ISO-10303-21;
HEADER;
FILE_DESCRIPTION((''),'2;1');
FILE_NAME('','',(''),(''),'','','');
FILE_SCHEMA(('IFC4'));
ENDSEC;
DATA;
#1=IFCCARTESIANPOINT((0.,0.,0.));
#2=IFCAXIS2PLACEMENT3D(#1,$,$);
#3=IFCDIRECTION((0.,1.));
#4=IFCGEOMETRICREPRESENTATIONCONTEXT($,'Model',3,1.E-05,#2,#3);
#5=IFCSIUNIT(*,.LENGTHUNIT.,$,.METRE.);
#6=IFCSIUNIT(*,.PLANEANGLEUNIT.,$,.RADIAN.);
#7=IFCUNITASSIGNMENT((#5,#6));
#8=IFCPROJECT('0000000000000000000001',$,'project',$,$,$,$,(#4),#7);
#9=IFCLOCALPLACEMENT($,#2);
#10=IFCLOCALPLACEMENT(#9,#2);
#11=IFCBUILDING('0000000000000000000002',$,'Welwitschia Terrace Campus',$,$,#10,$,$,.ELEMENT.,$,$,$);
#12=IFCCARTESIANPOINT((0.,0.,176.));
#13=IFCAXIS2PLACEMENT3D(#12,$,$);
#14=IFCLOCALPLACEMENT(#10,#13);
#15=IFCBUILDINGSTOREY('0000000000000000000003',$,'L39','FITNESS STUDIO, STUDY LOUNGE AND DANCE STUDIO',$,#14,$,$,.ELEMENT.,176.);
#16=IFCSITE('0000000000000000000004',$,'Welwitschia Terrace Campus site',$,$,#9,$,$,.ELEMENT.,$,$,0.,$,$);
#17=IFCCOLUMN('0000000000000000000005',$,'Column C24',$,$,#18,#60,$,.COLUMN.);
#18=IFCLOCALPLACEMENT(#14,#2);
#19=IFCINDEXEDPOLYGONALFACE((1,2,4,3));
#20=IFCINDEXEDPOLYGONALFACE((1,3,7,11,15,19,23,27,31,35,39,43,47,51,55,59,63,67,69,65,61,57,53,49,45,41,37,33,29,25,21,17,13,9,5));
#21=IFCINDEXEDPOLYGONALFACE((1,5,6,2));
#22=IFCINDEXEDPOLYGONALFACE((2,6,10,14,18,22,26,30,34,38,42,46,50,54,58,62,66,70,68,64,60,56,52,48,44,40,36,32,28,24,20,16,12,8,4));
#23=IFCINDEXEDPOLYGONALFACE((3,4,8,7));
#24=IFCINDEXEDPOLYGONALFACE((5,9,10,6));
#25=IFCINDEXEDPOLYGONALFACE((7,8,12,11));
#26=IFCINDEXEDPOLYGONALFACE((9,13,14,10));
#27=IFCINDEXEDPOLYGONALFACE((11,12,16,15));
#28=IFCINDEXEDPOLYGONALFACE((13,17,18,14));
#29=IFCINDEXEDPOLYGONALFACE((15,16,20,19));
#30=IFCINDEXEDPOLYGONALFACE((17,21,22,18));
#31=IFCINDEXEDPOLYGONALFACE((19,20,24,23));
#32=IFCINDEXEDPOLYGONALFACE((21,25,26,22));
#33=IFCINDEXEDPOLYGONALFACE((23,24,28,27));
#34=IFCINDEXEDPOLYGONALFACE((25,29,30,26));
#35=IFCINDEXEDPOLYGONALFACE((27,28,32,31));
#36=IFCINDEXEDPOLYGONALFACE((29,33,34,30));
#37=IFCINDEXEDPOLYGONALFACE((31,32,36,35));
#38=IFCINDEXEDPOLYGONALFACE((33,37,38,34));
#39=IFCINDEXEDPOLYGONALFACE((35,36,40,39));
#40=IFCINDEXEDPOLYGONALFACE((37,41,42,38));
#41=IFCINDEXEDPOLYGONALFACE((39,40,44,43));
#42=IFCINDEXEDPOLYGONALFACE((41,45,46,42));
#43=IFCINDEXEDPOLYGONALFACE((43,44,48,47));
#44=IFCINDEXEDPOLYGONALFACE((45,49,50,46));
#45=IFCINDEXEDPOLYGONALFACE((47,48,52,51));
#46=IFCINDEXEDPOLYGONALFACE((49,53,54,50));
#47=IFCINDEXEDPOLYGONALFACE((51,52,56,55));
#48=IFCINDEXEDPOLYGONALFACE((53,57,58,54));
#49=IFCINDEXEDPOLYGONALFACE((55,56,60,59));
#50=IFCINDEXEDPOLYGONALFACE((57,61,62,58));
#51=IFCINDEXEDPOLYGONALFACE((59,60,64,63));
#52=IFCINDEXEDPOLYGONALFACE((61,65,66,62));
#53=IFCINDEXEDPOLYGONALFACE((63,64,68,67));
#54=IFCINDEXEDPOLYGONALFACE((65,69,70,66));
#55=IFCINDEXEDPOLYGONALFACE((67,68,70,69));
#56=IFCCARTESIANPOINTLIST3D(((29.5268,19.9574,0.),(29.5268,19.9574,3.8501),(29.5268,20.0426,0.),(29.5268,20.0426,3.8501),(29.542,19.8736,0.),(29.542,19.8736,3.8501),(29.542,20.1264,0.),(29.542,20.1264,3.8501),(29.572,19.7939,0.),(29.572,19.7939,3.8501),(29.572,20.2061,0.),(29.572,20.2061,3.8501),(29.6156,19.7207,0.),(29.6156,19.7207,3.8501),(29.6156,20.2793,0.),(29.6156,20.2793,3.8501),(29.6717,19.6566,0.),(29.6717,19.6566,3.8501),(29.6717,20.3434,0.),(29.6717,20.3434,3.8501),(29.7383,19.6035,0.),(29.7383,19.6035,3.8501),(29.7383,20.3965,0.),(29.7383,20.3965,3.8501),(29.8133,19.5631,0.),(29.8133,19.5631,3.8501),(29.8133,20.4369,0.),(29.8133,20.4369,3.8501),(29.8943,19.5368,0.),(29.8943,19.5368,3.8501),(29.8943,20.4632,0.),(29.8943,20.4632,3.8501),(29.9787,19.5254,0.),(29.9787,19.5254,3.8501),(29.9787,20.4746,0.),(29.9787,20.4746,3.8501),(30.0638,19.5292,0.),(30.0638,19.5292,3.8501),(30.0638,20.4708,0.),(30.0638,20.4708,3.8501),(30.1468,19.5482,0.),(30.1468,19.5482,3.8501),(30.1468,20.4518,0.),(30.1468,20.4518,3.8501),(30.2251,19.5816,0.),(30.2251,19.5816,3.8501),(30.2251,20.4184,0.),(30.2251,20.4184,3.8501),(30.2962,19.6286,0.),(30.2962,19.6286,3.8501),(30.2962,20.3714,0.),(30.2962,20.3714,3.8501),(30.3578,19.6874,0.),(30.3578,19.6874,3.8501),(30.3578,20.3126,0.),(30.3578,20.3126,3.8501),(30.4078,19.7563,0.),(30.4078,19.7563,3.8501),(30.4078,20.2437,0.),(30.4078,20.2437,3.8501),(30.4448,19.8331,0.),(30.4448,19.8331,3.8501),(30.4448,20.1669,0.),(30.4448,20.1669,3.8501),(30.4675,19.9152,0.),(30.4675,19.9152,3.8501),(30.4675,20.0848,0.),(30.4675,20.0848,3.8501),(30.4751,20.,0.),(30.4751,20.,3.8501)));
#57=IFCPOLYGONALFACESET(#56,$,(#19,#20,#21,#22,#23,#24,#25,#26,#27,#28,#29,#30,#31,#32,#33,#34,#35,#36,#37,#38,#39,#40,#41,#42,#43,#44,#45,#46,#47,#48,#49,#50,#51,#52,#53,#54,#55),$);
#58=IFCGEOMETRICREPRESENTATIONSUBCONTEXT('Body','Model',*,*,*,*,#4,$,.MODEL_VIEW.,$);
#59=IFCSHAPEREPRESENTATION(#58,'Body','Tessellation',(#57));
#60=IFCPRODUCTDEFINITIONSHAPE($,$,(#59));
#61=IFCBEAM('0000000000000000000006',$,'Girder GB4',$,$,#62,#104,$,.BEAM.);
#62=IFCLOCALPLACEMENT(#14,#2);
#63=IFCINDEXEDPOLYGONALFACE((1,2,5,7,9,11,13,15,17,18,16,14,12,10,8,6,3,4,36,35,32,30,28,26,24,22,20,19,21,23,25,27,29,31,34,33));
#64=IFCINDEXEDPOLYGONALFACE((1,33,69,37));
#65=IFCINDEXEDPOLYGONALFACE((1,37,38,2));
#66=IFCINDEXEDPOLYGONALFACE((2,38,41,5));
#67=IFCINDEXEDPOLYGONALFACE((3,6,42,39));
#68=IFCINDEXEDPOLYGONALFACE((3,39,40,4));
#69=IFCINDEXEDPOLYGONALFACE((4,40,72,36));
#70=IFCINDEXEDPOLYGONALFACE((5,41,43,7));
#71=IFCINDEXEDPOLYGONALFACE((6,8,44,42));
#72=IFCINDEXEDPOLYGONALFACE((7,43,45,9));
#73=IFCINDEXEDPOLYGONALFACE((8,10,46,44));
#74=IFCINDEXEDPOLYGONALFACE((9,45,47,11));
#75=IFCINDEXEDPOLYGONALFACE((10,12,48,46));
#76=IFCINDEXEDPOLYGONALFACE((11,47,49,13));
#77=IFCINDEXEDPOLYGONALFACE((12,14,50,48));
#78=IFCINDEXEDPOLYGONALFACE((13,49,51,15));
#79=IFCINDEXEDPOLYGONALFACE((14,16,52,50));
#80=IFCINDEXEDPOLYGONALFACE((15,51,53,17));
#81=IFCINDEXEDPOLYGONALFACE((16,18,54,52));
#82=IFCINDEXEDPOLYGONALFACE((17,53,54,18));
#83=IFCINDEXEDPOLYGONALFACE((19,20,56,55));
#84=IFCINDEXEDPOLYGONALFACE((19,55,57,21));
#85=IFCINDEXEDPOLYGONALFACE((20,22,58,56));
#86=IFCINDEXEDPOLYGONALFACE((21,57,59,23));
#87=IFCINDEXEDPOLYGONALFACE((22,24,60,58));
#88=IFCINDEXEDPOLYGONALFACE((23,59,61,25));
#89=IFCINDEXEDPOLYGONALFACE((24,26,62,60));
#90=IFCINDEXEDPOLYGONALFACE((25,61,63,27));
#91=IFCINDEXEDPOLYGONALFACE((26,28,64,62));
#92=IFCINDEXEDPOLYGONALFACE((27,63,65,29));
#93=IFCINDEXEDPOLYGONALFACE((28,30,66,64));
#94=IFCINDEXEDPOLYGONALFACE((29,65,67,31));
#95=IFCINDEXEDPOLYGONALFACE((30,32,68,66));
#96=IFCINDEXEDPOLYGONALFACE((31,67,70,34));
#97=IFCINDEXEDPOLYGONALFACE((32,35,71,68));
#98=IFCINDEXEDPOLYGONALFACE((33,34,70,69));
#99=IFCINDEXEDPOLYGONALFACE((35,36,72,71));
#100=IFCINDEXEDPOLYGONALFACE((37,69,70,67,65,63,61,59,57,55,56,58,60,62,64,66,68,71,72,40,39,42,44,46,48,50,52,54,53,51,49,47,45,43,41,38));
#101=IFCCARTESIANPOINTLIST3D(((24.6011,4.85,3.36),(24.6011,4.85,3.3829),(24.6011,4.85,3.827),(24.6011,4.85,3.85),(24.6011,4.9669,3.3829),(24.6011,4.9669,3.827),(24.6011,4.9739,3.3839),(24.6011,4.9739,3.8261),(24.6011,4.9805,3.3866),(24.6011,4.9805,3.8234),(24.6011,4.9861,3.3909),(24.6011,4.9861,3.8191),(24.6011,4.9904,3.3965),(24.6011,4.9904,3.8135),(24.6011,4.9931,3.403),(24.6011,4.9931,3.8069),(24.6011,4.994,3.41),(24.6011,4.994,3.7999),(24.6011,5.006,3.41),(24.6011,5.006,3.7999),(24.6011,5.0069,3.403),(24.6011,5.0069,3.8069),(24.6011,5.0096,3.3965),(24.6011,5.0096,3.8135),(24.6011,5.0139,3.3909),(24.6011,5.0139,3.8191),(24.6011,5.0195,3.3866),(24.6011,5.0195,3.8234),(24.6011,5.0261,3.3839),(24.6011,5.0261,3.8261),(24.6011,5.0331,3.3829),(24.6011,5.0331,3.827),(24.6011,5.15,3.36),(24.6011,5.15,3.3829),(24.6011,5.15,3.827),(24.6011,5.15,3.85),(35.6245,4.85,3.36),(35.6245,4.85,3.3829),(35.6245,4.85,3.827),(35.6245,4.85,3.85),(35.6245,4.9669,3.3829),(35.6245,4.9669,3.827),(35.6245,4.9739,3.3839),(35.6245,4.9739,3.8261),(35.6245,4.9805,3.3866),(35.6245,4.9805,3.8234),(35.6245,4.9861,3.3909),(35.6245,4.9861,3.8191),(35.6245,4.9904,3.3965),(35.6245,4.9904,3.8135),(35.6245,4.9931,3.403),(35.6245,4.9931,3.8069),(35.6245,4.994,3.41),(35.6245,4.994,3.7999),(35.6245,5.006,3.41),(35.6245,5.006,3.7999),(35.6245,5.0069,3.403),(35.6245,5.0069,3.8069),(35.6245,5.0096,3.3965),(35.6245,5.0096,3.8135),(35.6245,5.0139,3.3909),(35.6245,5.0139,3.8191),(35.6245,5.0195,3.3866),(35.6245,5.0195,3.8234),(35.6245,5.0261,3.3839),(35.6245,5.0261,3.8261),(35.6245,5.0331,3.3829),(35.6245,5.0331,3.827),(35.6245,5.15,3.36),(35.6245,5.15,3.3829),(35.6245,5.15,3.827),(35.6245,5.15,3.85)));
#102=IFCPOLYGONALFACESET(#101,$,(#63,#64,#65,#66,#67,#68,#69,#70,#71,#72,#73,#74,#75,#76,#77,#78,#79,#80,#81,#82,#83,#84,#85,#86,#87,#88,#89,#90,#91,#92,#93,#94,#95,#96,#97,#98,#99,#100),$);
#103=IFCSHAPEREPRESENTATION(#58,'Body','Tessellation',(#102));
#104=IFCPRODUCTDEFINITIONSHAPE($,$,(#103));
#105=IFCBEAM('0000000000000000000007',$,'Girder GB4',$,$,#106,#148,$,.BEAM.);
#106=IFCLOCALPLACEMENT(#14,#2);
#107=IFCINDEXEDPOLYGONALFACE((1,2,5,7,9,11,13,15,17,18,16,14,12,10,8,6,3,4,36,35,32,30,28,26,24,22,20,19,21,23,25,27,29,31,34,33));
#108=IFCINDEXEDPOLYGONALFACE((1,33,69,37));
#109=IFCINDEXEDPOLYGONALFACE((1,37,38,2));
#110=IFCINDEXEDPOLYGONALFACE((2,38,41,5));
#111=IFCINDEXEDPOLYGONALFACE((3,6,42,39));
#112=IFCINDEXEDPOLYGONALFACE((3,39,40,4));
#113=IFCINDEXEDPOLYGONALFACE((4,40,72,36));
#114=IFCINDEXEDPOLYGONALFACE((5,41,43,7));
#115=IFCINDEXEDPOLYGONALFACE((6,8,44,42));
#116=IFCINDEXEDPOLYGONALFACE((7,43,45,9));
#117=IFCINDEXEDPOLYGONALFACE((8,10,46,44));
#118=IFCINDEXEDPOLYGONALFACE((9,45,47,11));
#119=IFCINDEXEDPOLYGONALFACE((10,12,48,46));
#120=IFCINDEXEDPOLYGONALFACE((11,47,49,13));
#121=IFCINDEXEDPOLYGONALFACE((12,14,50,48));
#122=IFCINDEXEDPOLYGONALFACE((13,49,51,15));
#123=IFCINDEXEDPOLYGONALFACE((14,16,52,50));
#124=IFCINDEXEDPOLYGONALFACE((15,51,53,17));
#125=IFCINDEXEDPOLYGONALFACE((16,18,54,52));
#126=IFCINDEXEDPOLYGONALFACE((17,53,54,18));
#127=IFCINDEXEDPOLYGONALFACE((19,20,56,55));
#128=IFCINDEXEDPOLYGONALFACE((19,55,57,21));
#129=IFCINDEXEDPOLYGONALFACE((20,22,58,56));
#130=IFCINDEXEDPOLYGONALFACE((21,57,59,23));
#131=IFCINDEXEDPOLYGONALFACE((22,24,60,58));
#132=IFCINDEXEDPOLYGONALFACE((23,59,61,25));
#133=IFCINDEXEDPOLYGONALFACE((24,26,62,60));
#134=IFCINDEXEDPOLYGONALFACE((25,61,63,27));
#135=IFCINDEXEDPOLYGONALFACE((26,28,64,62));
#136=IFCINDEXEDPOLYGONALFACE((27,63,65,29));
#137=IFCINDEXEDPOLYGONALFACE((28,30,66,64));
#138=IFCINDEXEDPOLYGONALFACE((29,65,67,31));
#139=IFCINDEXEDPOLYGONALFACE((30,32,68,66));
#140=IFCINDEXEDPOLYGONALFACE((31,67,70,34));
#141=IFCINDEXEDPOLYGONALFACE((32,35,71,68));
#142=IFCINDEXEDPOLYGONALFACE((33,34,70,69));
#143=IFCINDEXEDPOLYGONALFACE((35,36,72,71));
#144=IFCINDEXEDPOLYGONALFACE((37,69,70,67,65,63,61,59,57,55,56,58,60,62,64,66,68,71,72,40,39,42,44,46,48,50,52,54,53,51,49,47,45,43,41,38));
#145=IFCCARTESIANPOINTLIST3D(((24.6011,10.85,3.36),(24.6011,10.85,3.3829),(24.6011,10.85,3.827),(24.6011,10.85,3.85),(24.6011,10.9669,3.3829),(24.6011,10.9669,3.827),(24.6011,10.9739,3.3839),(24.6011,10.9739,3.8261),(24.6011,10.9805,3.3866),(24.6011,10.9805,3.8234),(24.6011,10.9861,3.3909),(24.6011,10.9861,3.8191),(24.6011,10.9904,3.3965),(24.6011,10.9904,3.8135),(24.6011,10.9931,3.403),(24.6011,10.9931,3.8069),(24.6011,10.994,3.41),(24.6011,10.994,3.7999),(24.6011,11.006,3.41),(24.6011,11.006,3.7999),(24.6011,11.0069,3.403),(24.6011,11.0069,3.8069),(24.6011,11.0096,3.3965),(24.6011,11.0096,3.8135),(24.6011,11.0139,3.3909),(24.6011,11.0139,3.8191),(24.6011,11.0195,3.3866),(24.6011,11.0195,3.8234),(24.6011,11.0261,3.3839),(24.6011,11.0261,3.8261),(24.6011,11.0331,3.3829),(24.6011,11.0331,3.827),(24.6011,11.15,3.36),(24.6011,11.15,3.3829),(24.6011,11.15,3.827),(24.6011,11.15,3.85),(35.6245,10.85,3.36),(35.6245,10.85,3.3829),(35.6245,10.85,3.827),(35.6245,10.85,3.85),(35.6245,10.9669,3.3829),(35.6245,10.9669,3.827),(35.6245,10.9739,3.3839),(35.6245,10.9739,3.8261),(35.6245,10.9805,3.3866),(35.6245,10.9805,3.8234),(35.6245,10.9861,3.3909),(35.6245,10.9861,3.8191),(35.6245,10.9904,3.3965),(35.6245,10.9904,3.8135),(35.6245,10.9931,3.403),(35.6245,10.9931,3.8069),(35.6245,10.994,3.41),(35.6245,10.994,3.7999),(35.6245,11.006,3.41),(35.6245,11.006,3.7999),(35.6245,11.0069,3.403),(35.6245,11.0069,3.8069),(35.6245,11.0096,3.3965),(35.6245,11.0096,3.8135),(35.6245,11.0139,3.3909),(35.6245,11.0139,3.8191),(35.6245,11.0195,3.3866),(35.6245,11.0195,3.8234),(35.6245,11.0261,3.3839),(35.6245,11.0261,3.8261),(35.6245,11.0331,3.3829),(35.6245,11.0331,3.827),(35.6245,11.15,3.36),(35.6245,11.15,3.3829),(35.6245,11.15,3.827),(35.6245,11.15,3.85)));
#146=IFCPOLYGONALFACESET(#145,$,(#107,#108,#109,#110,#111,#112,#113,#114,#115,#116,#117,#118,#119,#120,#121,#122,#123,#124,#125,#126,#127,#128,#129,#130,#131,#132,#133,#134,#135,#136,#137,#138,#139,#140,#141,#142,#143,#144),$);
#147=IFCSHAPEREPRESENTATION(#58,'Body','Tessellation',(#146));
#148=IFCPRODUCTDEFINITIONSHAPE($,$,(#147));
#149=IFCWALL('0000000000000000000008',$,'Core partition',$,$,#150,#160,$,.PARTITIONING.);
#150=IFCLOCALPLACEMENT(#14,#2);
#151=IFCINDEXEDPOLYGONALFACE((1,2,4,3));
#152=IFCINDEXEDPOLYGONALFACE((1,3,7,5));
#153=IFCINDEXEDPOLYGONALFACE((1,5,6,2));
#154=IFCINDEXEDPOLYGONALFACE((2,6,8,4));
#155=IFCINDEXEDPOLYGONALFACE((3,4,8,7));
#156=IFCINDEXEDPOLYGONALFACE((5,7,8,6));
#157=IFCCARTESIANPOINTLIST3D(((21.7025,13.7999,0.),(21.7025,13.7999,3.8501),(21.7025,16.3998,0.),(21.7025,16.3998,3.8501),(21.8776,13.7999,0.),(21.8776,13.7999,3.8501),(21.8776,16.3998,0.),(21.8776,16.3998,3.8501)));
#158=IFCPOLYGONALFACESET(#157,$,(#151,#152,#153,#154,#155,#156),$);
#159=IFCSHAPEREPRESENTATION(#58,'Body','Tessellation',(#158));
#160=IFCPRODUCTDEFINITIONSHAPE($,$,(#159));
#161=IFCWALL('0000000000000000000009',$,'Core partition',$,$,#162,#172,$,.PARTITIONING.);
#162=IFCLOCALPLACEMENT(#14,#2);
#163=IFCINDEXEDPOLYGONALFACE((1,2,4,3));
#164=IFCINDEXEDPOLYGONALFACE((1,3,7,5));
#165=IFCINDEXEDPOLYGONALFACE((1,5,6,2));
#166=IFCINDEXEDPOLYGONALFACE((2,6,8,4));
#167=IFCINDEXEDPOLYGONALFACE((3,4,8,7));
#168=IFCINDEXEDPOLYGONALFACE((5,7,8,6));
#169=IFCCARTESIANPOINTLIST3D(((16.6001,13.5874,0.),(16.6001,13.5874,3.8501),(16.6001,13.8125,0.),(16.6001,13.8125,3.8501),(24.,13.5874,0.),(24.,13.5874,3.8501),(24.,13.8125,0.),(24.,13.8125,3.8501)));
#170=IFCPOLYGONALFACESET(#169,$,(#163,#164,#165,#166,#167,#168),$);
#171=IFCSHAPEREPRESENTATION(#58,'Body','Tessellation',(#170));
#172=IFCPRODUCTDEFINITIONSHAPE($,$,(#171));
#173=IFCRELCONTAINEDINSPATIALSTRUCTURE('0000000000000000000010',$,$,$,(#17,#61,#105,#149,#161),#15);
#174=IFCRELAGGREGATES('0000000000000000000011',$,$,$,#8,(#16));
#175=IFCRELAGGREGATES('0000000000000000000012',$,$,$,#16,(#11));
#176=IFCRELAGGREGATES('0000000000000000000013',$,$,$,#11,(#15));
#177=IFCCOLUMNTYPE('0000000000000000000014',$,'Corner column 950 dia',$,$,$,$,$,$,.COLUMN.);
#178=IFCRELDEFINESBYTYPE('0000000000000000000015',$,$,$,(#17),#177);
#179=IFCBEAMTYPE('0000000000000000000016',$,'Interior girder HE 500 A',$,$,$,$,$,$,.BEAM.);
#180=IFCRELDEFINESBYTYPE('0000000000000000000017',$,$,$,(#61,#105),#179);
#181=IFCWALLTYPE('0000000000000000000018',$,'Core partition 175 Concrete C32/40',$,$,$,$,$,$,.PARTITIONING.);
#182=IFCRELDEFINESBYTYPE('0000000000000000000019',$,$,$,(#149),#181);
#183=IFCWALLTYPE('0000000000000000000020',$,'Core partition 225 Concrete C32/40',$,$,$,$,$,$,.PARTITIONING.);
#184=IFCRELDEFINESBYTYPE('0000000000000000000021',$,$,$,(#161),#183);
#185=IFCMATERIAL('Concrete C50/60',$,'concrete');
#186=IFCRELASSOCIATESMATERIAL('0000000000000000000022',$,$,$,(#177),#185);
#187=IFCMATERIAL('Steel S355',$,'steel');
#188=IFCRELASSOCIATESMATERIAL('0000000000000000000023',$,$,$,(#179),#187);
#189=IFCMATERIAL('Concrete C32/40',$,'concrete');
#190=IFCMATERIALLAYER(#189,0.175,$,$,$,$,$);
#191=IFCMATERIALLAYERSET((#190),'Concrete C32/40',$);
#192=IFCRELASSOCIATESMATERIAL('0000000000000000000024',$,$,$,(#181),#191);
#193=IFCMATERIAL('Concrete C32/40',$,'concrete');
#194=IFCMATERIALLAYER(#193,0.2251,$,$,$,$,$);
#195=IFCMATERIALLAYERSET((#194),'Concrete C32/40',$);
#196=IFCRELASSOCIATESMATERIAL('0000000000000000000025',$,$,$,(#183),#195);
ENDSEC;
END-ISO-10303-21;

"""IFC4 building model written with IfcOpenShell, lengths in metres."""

from ifc_helpers import new_model, si_unit, direction, frame, frame_2d, origin, origin_2d, place, context, subcontext, project, spatial, rectangle, circle, i_section, extrude, material, layer, layer_set, material_profile, profile_set, type_object, element, save


model = new_model("IFC4")

# Units and contexts
model_context = context("Model", 3, precision=1e-05, world=origin(), true_north=direction((0.0, 1.0)))
body_context = subcontext(model_context, "Body", "Model", "MODEL_VIEW")
ifc_project = project(units=[si_unit("LENGTHUNIT", "METRE"), si_unit("PLANEANGLEUNIT", "RADIAN")], contexts=[model_context])

# Site, building, storey
site_placement = place(None, origin())
site = spatial("IfcSite", under=ifc_project, at=site_placement, Name="Welwitschia Terrace Campus site", CompositionType="ELEMENT", RefElevation=0.0)
building_placement = place(site_placement, origin())
building = spatial("IfcBuilding", under=site, at=building_placement, Name="Welwitschia Terrace Campus", CompositionType="ELEMENT")
storey_placement = place(building_placement, frame((0.0, 0.0, 176.0)))
storey = spatial("IfcBuildingStorey", under=building, at=storey_placement, Name="L39", Description="FITNESS STUDIO, STUDY LOUNGE AND DANCE STUDIO", CompositionType="ELEMENT", Elevation=176.0)

# Column
ifc_material_1 = material(Name="Concrete C50/60", Category="concrete")
ifc_material_profile_1 = material_profile(ifc_material_1, circle(Radius=0.4751, at=origin_2d()))
ifc_profile_set_1 = profile_set([ifc_material_profile_1], Name="Concrete C50/60")
column_type = type_object("IfcColumnType", Name="Corner column 950 dia", PredefinedType="COLUMN", material=ifc_profile_set_1)
column_placement = place(storey_placement, frame((30.0, 20.0, 0.0), z_axis=(0.0, 0.0, 1.0), x_axis=(1.0, 0.0, 0.0)))
element("IfcColumn", 1, at=column_placement, inside=storey, type_object=column_type, Name="Column C24", PredefinedType="COLUMN", context=body_context, shape_type="SweptSolid", body=[
    extrude(circle(Radius=0.4751, at=origin_2d()), origin(), (0.0, 0.0, 1.0), 3.8501),
])

# Beams
ifc_material_2 = material(Name="Steel S355", Category="steel")
ifc_material_profile_2 = material_profile(ifc_material_2, i_section(OverallWidth=0.3, OverallDepth=0.49, WebThickness=0.012, FlangeThickness=0.0229, FilletRadius=0.0271, at=origin_2d()))
ifc_profile_set_2 = profile_set([ifc_material_profile_2], Name="Steel S355")
beam_type = type_object("IfcBeamType", Name="Interior girder HE 500 A", PredefinedType="BEAM", material=ifc_profile_set_2)
for number, where, z_axis, x_axis, name in (
    (2, (24.6011, 5.0, 3.605), (1.0, 0.0, 0.0), (0.0, 1.0, 0.0), "Girder GB4"),
    (3, (24.6011, 11.0, 3.605), (1.0, 0.0, 0.0), (0.0, 1.0, 0.0), "Girder GB4"),
):
    element("IfcBeam", number, at=place(storey_placement, frame(where, z_axis=z_axis, x_axis=x_axis)), inside=storey, type_object=beam_type, Name=name, PredefinedType="BEAM", context=body_context, shape_type="SweptSolid", body=[
        extrude(i_section(OverallWidth=0.3, OverallDepth=0.49, WebThickness=0.012, FlangeThickness=0.0229, FilletRadius=0.0271, at=origin_2d()), origin(), (0.0, 0.0, 1.0), 11.0234),
    ])

# Walls
ifc_material_3 = material(Name="Concrete C32/40", Category="concrete")
ifc_layer_1 = layer(ifc_material_3, 0.175)
ifc_layer_set_1 = layer_set([ifc_layer_1], Name="Concrete C32/40")
wall_type_1 = type_object("IfcWallType", Name="Core partition 175 Concrete C32/40", PredefinedType="PARTITIONING", material=ifc_layer_set_1)
wall_1_placement = place(storey_placement, frame((21.79, 13.8, 0.0), z_axis=(0.0, 0.0, 1.0), x_axis=(0.0, 1.0, 0.0)))
element("IfcWall", 4, at=wall_1_placement, inside=storey, type_object=wall_type_1, Name="Core partition", PredefinedType="PARTITIONING", context=body_context, shape_type="SweptSolid", body=[
    extrude(rectangle(XDim=2.5999, YDim=0.175, at=frame_2d((1.2998, 0.0))), origin(), (0.0, 0.0, 1.0), 3.8501),
])
ifc_material_4 = material(Name="Concrete C32/40", Category="concrete")
ifc_layer_2 = layer(ifc_material_4, 0.2251)
ifc_layer_set_2 = layer_set([ifc_layer_2], Name="Concrete C32/40")
wall_type_2 = type_object("IfcWallType", Name="Core partition 225 Concrete C32/40", PredefinedType="PARTITIONING", material=ifc_layer_set_2)
wall_2_placement = place(storey_placement, frame((16.6001, 13.7, 0.0), z_axis=(0.0, 0.0, 1.0), x_axis=(1.0, 0.0, 0.0)))
element("IfcWall", 5, at=wall_2_placement, inside=storey, type_object=wall_type_2, Name="Core partition", PredefinedType="PARTITIONING", context=body_context, shape_type="SweptSolid", body=[
    extrude(rectangle(XDim=7.3999, YDim=0.2251, at=frame_2d((3.7, 0.0))), origin(), (0.0, 0.0, 1.0), 3.8501),
])

save(model, "model.ifc")
